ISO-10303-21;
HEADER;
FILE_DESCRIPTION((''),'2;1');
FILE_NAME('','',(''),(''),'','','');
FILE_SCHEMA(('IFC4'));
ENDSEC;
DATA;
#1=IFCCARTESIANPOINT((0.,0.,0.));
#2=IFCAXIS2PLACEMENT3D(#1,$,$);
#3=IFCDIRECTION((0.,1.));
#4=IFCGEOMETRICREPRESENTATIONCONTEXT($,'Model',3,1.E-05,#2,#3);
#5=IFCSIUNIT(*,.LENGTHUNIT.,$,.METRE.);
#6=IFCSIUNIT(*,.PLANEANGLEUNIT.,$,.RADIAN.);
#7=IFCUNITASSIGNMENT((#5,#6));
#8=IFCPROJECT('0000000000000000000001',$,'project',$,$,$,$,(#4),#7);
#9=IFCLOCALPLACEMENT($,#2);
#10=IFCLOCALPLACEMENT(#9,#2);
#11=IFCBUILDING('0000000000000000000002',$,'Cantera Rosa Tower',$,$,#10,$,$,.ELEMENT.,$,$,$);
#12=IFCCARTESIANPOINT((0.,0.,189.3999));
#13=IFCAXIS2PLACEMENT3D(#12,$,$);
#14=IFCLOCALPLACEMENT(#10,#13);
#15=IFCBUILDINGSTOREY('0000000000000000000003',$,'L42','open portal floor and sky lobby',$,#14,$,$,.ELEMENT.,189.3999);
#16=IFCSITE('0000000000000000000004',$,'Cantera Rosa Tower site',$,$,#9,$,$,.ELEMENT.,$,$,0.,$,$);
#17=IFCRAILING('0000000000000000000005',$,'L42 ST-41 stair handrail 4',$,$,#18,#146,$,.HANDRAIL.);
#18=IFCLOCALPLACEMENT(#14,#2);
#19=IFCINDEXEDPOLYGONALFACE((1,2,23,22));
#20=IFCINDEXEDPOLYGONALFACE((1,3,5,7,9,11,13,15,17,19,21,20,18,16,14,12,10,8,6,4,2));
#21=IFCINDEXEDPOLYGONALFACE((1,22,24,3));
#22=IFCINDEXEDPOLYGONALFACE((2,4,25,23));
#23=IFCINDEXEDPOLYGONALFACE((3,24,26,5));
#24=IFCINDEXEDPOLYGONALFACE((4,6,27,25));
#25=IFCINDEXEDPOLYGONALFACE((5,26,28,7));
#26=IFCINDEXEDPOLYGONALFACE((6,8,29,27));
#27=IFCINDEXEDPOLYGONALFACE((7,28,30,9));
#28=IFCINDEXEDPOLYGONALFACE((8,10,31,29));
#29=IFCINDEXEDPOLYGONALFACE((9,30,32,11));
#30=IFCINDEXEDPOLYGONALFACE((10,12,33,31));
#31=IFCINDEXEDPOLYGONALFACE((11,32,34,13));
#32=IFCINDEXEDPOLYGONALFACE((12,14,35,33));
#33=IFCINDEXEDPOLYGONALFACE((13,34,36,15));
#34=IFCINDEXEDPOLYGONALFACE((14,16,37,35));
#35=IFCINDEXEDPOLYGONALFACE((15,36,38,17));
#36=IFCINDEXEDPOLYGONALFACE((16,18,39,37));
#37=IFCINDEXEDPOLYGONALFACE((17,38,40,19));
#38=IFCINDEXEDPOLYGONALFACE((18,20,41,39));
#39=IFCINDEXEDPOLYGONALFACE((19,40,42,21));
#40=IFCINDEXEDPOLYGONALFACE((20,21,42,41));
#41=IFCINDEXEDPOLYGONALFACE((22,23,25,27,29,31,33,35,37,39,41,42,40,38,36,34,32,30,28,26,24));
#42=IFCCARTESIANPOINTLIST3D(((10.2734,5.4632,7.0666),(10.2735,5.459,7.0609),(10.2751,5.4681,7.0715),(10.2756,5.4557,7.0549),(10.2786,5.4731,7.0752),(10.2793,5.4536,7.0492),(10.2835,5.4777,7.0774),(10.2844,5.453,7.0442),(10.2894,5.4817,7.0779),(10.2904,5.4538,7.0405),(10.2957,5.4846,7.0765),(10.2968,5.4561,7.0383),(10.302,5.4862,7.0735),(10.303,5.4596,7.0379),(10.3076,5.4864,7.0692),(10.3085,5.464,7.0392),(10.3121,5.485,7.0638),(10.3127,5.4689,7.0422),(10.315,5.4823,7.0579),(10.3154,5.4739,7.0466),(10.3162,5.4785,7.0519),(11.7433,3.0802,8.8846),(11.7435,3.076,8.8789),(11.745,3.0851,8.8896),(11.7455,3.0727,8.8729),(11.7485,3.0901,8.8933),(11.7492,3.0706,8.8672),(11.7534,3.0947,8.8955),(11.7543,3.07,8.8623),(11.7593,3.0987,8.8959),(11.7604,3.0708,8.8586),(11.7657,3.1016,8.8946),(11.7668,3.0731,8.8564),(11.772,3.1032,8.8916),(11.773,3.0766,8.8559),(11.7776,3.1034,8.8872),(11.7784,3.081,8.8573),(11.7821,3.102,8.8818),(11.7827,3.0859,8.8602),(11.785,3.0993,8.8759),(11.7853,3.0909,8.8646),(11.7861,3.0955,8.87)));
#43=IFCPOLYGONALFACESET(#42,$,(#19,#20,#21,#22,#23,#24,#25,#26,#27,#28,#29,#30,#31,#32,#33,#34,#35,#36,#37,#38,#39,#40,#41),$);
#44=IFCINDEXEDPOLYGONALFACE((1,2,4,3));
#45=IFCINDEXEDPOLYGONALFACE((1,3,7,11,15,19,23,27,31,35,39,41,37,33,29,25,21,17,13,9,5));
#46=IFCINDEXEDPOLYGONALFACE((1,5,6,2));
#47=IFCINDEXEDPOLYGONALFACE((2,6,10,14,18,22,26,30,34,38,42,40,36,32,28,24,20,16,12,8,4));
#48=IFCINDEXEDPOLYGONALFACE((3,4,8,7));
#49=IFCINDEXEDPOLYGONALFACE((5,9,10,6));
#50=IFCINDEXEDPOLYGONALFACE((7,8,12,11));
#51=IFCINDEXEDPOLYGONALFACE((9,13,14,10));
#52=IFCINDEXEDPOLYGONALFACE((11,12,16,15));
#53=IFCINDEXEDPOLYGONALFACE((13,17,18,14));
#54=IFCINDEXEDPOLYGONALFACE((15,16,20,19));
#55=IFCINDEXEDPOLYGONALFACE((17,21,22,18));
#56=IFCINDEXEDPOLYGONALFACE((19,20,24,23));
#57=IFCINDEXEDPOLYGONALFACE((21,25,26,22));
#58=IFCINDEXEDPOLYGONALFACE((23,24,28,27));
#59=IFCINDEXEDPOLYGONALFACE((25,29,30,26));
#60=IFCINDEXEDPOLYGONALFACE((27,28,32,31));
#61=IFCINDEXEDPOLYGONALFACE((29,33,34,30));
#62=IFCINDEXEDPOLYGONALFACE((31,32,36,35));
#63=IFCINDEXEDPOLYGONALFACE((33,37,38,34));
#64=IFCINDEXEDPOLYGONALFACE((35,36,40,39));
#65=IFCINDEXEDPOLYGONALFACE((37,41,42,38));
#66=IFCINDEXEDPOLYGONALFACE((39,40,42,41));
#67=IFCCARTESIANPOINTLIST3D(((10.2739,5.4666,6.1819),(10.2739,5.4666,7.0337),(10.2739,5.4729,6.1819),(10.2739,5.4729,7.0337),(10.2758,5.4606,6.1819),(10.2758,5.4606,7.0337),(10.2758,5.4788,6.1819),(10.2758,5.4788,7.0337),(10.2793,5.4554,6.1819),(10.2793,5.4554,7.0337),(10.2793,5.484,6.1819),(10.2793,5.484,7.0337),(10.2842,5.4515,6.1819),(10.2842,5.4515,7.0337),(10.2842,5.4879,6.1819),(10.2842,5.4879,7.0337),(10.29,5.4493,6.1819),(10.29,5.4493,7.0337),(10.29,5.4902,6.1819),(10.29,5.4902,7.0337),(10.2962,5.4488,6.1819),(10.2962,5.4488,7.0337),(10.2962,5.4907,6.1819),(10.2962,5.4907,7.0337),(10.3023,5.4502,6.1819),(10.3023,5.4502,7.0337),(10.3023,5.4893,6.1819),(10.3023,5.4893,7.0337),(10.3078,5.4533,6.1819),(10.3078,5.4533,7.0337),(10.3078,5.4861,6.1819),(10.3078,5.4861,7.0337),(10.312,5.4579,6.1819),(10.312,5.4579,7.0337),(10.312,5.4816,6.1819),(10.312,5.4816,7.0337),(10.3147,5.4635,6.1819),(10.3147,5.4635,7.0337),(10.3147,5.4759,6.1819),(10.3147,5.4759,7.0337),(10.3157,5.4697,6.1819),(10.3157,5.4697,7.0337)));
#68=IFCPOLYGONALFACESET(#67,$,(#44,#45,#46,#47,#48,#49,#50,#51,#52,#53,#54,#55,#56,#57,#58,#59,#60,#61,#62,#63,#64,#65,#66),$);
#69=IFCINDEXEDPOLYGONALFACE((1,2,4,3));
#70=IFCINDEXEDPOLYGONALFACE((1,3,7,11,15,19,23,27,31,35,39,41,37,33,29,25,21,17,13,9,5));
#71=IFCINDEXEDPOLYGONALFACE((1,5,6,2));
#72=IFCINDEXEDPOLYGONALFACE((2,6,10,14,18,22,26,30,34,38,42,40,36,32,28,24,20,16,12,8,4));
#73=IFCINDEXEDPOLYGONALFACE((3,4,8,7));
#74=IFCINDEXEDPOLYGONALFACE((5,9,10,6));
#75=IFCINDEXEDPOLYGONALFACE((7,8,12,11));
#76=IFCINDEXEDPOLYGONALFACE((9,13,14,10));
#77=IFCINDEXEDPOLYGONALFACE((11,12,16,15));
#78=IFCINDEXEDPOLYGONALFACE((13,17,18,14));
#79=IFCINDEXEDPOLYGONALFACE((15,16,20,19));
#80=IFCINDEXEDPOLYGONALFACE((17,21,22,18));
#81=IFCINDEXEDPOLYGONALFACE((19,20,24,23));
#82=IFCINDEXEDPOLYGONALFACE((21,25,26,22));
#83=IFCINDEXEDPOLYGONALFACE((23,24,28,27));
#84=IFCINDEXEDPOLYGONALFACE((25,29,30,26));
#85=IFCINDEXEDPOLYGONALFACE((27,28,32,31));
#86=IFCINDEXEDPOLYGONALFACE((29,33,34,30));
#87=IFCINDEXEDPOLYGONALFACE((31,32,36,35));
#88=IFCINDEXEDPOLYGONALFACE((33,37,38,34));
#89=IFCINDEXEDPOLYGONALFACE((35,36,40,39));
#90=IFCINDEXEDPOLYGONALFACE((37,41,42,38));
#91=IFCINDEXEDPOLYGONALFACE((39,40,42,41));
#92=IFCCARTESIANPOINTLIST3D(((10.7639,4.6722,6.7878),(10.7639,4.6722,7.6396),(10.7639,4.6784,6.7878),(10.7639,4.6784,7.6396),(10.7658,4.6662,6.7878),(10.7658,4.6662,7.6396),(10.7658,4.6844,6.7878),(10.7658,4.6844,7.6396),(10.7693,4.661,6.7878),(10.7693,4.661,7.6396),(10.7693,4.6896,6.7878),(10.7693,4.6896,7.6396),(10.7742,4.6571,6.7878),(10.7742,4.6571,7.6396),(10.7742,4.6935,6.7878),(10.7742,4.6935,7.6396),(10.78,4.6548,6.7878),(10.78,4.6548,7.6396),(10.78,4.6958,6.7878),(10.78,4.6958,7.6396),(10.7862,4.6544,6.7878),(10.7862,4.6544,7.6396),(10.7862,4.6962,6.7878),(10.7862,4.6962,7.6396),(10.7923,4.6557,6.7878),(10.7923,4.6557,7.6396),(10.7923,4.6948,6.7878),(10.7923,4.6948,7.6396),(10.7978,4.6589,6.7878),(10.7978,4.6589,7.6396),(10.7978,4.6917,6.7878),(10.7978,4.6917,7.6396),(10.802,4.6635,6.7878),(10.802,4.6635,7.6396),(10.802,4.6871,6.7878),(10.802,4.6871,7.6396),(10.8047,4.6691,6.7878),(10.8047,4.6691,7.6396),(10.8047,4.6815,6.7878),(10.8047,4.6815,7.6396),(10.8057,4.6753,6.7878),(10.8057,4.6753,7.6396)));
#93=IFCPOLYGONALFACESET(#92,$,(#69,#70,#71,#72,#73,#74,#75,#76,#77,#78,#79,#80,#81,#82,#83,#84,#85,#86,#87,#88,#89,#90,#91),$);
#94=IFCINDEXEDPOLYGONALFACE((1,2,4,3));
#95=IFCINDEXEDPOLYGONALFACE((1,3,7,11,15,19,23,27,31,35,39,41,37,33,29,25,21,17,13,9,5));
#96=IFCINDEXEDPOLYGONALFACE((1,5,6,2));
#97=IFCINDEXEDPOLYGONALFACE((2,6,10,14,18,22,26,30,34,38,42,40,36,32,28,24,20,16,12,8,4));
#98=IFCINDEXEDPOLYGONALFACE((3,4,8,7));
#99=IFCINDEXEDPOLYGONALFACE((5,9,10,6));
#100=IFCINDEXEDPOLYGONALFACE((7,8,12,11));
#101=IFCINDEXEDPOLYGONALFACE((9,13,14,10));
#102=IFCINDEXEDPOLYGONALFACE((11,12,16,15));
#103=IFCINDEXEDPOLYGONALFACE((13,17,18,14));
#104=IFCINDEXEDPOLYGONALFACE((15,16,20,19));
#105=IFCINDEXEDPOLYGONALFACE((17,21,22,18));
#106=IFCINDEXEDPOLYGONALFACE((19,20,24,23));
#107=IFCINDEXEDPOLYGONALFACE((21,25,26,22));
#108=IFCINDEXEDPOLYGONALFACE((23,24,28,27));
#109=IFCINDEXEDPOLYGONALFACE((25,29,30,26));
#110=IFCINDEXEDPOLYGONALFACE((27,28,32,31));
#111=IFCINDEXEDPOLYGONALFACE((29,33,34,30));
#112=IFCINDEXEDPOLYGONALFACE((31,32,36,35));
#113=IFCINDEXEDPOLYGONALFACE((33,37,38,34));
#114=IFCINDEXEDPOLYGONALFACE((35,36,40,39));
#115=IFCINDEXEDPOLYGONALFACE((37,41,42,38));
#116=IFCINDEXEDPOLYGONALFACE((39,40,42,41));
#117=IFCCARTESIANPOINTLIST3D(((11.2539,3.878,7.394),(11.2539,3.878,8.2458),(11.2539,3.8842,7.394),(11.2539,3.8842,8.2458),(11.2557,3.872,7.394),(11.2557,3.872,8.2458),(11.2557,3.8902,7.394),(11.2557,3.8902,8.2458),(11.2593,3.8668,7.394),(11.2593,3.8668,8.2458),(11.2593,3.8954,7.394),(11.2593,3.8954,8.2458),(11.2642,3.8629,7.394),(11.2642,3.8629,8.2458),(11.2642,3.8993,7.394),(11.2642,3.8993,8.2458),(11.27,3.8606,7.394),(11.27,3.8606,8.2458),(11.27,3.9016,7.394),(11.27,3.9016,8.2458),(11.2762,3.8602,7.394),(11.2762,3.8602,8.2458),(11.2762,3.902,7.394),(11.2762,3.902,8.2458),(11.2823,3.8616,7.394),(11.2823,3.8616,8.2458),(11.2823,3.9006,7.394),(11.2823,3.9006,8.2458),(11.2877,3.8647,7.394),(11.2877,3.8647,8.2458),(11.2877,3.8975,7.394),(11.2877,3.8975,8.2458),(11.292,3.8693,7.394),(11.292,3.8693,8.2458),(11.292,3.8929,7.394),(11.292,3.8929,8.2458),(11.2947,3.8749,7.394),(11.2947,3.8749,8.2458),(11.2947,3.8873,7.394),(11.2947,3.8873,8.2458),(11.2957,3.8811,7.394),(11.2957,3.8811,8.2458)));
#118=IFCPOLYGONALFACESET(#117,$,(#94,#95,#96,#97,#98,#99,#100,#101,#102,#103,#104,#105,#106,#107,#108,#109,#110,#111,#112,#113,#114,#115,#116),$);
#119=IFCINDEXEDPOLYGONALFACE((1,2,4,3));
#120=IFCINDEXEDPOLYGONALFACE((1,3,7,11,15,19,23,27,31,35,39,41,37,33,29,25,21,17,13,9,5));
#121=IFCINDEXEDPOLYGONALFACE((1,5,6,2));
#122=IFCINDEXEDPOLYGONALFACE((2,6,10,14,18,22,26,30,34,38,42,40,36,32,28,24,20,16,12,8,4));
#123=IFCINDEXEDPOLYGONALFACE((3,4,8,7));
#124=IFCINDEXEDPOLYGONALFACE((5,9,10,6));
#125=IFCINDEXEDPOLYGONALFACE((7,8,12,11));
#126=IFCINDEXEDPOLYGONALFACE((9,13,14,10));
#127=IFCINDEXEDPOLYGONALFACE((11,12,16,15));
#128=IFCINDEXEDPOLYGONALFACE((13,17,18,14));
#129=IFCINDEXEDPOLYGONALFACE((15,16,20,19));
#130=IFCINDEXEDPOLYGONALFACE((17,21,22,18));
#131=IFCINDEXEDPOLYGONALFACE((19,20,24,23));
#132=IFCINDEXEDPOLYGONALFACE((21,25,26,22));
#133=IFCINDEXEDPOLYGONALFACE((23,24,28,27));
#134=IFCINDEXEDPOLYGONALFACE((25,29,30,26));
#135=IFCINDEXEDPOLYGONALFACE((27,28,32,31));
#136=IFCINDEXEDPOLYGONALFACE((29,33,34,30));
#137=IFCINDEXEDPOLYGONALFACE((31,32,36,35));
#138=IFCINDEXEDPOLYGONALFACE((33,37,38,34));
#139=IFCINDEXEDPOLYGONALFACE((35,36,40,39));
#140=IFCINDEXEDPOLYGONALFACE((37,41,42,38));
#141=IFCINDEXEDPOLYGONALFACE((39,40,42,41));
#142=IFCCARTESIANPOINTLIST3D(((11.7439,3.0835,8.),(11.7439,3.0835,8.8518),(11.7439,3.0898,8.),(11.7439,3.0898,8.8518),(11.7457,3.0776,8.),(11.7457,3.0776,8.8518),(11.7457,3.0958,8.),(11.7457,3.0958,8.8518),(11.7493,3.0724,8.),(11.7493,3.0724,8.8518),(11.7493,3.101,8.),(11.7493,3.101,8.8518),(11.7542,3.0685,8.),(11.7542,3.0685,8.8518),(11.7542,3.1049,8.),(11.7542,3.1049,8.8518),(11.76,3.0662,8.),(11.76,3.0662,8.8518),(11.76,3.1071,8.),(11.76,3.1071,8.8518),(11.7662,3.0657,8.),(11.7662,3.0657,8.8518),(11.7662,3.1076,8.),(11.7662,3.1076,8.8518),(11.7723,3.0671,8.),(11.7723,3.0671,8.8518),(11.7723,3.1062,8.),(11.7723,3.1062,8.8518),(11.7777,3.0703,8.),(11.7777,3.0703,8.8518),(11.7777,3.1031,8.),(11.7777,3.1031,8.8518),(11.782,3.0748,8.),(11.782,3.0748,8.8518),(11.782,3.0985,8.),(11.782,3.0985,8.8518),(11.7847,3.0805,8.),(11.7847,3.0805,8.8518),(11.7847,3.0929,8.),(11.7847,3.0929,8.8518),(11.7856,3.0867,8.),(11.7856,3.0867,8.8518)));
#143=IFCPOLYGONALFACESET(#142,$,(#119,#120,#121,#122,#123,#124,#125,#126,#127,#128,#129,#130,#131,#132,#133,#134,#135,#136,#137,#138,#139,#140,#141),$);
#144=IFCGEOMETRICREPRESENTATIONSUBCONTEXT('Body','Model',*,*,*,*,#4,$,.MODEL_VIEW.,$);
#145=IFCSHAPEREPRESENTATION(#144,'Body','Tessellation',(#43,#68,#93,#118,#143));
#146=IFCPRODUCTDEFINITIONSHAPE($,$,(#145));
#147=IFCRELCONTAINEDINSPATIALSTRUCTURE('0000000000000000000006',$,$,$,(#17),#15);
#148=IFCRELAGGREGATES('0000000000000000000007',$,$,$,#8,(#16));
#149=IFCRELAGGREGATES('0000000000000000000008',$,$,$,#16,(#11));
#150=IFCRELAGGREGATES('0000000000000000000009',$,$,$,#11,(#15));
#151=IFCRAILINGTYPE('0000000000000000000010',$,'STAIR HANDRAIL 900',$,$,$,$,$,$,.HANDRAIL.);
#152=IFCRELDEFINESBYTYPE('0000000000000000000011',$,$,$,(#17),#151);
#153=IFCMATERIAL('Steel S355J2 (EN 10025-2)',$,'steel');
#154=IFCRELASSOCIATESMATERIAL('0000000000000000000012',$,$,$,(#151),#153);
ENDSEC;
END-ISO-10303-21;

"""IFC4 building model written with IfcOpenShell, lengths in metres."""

from ifc_helpers import new_model, si_unit, direction, frame, origin, origin_2d, place, context, subcontext, project, spatial, circle, extrude, material, type_object, element, save


model = new_model("IFC4")

# Units and contexts
model_context = context("Model", 3, precision=1e-05, world=origin(), true_north=direction((0.0, 1.0)))
body_context = subcontext(model_context, "Body", "Model", "MODEL_VIEW")
ifc_project = project(units=[si_unit("LENGTHUNIT", "METRE"), si_unit("PLANEANGLEUNIT", "RADIAN")], contexts=[model_context])

# Site, building, storey
site_placement = place(None, origin())
site = spatial("IfcSite", under=ifc_project, at=site_placement, Name="Cantera Rosa Tower site", CompositionType="ELEMENT", RefElevation=0.0)
building_placement = place(site_placement, origin())
building = spatial("IfcBuilding", under=site, at=building_placement, Name="Cantera Rosa Tower", CompositionType="ELEMENT")
storey_placement = place(building_placement, frame((0.0, 0.0, 189.3999)))
storey = spatial("IfcBuildingStorey", under=building, at=storey_placement, Name="L42", Description="open portal floor and sky lobby", CompositionType="ELEMENT", Elevation=189.3999)

# Railing
ifc_material_1 = material(Name="Steel S355J2 (EN 10025-2)", Category="steel")
railing_type_1 = type_object("IfcRailingType", Name="STAIR HANDRAIL 900", PredefinedType="HANDRAIL", material=ifc_material_1)
for number, where, name in (
    (1, (10.2947, 5.4697, 6.1819), "L42 ST-41 stair handrail 4"),
):
    element("IfcRailing", number, at=place(storey_placement, frame(where)), inside=storey, type_object=railing_type_1, Name=name, PredefinedType="HANDRAIL", context=body_context, shape_type="SweptSolid", body=[
        extrude(circle(Radius=0.0239, at=origin_2d()), frame((0.0, 0.0, 0.876), z_axis=(0.440314, -0.713819, 0.544597), x_axis=(0.851104, 0.524997, 0.0)), (0.0, 0.0, 1.0), 3.3384),
        extrude(circle(Radius=0.021, at=origin_2d()), origin(), (0.0, 0.0, 1.0), 0.8518),
        extrude(circle(Radius=0.021, at=origin_2d()), frame((0.49, -0.7944, 0.606)), (0.0, 0.0, 1.0), 0.8518),
        extrude(circle(Radius=0.021, at=origin_2d()), frame((0.98, -1.5886, 1.2122)), (0.0, 0.0, 1.0), 0.8518),
        extrude(circle(Radius=0.021, at=origin_2d()), frame((1.47, -2.3831, 1.8181)), (0.0, 0.0, 1.0), 0.8518),
    ])

save(model, "model.ifc")
